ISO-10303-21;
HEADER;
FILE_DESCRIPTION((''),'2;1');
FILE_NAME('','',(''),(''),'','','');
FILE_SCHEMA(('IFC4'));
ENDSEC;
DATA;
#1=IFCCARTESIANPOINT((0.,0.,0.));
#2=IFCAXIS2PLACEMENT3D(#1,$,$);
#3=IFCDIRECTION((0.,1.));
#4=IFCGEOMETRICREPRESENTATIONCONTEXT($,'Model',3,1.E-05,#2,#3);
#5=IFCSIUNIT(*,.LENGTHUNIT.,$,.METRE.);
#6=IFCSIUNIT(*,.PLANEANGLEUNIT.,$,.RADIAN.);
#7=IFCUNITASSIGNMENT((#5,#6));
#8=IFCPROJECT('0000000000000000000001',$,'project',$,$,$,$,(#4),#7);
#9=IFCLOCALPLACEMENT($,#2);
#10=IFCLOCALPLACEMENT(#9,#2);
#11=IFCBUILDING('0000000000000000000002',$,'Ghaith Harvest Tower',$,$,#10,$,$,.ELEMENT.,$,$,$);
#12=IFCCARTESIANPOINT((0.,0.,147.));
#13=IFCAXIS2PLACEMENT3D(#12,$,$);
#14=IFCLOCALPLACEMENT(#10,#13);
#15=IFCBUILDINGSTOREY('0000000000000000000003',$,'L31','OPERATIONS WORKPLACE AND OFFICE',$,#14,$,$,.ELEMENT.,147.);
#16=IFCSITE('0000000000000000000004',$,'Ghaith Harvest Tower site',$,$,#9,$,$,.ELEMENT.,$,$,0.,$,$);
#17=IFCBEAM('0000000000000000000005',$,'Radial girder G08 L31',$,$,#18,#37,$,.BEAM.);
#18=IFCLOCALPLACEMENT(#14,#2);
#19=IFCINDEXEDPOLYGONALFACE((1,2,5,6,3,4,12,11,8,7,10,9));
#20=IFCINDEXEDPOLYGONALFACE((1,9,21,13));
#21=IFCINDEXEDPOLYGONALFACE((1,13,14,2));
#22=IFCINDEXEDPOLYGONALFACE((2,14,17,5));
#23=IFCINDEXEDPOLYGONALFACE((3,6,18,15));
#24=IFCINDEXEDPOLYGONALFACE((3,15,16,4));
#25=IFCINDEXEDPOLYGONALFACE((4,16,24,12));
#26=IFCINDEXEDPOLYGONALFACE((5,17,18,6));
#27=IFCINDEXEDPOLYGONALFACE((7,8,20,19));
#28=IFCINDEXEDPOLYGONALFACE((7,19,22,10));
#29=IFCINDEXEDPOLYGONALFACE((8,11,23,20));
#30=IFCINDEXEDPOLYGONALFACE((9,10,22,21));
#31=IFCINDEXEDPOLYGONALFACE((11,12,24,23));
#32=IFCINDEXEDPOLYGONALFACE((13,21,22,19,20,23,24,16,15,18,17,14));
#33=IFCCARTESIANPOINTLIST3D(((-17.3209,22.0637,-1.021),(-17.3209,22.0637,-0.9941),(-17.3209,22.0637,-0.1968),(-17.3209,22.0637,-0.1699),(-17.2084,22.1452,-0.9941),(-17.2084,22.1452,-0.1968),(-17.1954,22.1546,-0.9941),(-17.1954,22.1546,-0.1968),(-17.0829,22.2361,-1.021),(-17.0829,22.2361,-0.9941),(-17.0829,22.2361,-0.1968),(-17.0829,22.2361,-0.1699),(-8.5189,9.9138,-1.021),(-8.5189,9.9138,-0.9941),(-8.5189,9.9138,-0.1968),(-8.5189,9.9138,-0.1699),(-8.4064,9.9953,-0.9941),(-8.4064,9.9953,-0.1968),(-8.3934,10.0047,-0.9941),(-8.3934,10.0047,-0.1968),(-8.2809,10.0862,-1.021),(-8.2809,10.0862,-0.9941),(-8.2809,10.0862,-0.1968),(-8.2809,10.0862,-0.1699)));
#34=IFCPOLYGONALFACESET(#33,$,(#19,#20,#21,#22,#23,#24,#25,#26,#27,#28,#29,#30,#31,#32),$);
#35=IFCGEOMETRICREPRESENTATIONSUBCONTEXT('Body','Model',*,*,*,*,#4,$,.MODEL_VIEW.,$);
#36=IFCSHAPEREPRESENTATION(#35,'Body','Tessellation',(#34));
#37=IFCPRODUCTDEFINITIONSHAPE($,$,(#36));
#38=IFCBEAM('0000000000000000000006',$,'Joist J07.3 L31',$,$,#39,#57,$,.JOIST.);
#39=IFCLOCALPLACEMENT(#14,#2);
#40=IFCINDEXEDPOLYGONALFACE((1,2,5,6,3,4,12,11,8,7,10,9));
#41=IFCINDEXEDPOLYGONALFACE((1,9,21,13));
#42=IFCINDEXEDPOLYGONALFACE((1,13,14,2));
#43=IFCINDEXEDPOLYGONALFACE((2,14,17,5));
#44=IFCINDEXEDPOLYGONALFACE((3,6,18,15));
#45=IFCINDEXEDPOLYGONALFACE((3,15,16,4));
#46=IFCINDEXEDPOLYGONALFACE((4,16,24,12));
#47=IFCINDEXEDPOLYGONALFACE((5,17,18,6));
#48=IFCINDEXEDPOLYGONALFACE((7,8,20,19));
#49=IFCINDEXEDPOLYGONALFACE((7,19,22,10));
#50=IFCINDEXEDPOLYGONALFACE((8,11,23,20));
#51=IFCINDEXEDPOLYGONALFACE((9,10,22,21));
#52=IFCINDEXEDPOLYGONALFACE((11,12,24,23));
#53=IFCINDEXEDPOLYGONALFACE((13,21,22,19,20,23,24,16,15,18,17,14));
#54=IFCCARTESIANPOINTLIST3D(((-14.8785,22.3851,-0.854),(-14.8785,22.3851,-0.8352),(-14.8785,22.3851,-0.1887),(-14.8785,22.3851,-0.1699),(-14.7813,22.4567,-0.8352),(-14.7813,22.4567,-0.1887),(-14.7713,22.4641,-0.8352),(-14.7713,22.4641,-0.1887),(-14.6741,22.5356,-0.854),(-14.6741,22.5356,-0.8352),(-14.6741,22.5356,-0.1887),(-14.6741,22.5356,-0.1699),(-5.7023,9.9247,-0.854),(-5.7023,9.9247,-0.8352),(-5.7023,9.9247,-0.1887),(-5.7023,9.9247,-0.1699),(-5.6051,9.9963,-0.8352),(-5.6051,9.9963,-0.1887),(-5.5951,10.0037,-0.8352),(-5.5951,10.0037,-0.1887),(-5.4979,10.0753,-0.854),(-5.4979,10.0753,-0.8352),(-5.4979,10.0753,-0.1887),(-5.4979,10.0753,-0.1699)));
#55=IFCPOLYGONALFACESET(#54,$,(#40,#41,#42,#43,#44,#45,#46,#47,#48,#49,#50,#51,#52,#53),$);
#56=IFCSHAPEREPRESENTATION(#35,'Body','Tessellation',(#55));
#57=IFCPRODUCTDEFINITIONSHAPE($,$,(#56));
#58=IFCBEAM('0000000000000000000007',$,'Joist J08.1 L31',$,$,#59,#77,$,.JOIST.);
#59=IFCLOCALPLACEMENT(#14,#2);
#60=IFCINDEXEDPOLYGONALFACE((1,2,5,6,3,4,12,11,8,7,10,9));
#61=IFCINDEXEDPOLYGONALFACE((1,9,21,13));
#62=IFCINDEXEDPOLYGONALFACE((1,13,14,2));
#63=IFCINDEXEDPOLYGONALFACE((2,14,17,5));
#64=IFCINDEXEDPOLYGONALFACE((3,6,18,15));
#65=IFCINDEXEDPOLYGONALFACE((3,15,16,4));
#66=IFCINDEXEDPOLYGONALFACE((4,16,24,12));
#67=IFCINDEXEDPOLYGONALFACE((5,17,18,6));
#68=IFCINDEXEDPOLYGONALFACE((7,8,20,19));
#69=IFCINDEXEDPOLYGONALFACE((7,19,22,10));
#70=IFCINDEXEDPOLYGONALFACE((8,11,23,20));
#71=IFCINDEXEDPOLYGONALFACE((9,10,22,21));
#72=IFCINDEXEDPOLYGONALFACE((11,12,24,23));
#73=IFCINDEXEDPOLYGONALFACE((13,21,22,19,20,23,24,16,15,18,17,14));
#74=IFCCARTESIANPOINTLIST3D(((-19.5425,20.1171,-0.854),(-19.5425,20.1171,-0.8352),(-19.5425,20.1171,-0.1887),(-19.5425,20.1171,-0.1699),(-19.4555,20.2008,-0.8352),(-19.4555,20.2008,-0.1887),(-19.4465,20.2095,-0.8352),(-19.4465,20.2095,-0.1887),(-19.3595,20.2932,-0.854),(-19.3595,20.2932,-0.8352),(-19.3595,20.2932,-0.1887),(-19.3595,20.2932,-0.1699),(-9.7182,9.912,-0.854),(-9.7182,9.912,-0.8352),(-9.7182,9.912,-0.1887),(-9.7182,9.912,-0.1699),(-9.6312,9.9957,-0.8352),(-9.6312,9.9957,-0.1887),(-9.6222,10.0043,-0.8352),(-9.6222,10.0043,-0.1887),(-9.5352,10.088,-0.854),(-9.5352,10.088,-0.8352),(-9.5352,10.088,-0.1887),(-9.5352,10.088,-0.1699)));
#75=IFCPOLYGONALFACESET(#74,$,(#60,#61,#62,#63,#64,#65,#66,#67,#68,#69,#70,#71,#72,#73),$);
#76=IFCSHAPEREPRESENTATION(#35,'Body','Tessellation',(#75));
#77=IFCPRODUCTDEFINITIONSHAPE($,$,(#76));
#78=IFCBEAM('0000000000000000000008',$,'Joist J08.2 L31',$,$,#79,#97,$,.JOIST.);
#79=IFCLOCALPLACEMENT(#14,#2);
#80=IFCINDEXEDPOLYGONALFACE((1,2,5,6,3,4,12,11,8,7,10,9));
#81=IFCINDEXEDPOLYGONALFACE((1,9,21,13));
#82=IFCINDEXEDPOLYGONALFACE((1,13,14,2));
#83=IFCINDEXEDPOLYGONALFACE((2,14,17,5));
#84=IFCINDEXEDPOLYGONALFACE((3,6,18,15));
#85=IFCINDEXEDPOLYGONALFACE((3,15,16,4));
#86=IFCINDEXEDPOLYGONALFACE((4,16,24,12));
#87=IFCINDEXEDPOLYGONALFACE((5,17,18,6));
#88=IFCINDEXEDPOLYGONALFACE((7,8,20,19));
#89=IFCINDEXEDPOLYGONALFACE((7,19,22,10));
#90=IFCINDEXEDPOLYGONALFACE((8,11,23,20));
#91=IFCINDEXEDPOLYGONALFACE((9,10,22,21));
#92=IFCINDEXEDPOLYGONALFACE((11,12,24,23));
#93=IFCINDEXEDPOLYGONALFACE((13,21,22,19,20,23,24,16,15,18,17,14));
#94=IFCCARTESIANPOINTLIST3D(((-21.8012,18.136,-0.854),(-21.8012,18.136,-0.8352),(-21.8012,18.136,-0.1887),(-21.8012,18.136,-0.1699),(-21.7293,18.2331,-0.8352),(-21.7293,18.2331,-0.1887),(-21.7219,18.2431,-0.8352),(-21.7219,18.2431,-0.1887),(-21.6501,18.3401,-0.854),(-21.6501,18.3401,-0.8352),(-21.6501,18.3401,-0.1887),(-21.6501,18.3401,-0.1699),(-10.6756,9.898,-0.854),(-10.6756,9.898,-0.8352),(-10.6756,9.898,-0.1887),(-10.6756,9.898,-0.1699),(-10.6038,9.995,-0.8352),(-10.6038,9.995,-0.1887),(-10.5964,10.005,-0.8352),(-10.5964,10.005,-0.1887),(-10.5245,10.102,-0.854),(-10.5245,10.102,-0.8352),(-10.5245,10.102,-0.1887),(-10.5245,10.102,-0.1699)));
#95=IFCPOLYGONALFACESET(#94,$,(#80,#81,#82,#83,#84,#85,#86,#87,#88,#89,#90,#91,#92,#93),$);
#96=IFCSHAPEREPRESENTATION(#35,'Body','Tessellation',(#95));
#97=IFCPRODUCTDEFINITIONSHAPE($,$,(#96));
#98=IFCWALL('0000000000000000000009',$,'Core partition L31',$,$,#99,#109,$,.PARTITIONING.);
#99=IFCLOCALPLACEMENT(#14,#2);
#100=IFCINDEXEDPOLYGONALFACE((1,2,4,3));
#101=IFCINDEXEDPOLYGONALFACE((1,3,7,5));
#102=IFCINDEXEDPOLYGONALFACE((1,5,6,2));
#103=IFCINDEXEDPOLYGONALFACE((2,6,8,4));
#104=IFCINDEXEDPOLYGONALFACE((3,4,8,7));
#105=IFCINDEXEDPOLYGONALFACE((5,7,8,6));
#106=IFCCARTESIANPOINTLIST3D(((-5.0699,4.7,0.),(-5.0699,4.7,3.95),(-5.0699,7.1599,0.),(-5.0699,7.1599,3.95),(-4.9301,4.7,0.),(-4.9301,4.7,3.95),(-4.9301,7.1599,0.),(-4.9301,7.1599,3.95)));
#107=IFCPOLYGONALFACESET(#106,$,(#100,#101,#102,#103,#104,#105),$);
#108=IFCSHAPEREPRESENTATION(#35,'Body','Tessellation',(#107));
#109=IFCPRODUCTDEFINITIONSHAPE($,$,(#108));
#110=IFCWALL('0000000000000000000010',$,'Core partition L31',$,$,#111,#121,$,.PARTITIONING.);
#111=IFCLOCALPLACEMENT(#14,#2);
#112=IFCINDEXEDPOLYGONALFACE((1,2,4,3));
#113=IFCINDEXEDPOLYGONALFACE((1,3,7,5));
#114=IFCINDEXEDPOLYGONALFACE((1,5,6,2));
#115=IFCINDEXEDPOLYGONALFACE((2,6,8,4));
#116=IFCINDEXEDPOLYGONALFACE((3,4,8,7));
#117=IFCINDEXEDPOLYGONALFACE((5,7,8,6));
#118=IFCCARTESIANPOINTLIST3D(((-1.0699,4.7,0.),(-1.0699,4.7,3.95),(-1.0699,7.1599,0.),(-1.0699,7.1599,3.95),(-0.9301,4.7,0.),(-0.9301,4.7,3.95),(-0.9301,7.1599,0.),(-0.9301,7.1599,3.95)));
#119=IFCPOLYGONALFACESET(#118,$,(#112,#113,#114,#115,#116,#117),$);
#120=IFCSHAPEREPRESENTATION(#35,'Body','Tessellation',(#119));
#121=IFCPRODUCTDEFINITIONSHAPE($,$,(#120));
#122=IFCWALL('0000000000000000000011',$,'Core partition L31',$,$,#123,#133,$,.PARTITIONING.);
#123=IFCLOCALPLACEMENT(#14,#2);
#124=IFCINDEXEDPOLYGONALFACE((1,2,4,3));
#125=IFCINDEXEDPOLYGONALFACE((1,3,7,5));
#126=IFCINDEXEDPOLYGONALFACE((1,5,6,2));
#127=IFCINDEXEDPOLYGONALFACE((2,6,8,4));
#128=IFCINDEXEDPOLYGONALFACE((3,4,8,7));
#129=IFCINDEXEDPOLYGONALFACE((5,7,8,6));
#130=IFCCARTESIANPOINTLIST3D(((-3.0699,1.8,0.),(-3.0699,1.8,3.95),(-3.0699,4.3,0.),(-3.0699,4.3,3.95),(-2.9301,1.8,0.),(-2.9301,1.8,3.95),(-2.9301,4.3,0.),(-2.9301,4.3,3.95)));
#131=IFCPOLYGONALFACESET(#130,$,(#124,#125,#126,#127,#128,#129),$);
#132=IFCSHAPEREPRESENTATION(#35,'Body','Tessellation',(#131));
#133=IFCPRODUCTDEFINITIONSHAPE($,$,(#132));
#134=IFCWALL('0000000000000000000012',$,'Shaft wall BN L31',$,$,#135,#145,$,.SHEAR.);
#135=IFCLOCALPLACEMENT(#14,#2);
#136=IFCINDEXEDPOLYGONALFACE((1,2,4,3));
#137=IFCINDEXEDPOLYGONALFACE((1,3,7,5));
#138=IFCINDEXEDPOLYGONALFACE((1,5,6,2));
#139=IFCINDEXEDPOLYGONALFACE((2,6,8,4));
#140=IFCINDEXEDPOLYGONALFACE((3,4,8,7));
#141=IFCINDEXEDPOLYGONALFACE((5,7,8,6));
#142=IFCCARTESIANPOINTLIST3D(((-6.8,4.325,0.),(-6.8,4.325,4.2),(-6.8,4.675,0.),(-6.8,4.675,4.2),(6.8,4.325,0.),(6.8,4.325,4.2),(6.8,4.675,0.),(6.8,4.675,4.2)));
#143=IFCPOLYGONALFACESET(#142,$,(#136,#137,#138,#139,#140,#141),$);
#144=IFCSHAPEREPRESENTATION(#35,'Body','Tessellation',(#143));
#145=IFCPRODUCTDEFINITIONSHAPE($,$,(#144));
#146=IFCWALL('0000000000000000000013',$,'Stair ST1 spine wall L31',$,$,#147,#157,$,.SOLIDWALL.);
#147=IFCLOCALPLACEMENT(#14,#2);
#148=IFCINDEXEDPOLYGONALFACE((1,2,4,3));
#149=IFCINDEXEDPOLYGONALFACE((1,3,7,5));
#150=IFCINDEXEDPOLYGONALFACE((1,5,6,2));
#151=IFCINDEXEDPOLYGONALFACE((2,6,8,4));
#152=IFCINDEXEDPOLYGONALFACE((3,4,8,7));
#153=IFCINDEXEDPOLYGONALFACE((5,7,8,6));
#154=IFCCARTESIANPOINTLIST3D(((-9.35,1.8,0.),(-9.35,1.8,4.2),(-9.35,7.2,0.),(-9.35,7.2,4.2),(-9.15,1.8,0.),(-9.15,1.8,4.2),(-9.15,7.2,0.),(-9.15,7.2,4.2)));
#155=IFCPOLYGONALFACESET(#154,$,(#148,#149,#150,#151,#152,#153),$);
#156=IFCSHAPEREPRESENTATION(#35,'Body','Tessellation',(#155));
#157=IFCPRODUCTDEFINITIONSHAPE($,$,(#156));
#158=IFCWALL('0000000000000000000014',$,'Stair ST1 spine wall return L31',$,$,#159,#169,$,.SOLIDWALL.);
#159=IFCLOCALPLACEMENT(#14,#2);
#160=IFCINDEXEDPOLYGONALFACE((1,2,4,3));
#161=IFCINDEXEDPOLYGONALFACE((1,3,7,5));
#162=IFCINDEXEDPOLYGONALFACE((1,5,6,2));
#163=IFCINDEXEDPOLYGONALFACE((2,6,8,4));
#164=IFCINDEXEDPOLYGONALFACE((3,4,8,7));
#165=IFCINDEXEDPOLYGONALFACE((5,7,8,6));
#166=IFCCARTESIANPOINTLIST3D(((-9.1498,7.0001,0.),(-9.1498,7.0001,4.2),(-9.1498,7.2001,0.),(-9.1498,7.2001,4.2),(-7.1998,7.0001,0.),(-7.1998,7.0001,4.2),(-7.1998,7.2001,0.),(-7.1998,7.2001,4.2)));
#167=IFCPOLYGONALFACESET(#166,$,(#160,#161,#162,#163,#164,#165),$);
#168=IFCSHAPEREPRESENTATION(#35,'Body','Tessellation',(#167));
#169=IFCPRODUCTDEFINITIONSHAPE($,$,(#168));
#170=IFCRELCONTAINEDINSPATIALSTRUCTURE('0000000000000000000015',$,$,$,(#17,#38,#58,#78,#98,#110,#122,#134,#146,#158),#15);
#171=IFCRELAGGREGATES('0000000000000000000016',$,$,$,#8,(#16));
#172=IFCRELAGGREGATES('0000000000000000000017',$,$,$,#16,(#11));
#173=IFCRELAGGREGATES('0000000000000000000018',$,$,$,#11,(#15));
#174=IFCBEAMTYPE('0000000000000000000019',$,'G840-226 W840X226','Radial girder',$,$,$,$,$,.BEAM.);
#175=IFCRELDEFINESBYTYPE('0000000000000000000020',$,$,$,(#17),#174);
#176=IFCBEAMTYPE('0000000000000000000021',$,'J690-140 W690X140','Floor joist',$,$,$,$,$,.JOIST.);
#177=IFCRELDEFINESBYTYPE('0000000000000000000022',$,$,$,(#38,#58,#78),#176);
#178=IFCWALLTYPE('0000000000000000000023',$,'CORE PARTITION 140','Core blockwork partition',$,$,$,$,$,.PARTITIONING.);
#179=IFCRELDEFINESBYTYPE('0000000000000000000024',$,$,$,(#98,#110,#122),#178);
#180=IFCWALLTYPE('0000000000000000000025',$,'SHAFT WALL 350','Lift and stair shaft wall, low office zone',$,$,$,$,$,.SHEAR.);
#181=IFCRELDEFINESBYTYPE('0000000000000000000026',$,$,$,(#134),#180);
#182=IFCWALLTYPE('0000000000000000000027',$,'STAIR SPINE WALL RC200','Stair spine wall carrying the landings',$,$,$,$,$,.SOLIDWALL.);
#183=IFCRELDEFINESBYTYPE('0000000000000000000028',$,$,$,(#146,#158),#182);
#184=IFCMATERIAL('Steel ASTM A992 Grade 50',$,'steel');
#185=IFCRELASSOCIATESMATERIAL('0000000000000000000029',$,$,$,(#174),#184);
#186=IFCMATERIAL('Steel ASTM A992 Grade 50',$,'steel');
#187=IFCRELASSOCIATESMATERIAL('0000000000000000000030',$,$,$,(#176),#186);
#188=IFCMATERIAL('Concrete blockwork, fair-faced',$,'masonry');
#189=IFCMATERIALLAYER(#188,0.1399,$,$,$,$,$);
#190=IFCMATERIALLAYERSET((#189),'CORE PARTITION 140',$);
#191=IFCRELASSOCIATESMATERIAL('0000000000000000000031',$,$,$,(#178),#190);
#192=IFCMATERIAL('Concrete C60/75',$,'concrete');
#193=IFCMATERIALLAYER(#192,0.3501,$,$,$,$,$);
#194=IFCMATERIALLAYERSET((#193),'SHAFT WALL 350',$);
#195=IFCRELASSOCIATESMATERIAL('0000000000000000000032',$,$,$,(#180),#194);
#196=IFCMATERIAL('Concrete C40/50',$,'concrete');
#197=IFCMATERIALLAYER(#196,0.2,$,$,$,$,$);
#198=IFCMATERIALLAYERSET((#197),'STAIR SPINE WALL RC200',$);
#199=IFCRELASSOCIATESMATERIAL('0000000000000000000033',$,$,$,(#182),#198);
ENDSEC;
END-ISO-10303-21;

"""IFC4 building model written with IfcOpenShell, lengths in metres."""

from ifc_helpers import new_model, si_unit, direction, frame, frame_2d, origin, origin_2d, place, context, subcontext, project, spatial, rectangle, i_section, extrude, material, layer, layer_set, material_profile, profile_set, type_object, element, save


model = new_model("IFC4")

# Units and contexts
model_context = context("Model", 3, precision=1e-05, world=origin(), true_north=direction((0.0, 1.0)))
body_context = subcontext(model_context, "Body", "Model", "MODEL_VIEW")
ifc_project = project(units=[si_unit("LENGTHUNIT", "METRE"), si_unit("PLANEANGLEUNIT", "RADIAN")], contexts=[model_context])

# Site, building, storey
site_placement = place(None, origin())
site = spatial("IfcSite", under=ifc_project, at=site_placement, Name="Ghaith Harvest Tower site", CompositionType="ELEMENT", RefElevation=0.0)
building_placement = place(site_placement, origin())
building = spatial("IfcBuilding", under=site, at=building_placement, Name="Ghaith Harvest Tower", CompositionType="ELEMENT")
storey_placement = place(building_placement, frame((0.0, 0.0, 147.0)))
storey = spatial("IfcBuildingStorey", under=building, at=storey_placement, Name="L31", Description="OPERATIONS WORKPLACE AND OFFICE", CompositionType="ELEMENT", Elevation=147.0)

# Beams
ifc_material_1 = material(Name="Steel ASTM A992 Grade 50", Category="steel")
ifc_material_profile_1 = material_profile(ifc_material_1, i_section(OverallWidth=0.2939, OverallDepth=0.8511, WebThickness=0.0161, FlangeThickness=0.0269, at=origin_2d()), Name="W840X226")
ifc_profile_set_1 = profile_set([ifc_material_profile_1], Name="Steel ASTM A992 Grade 50")
beam_type_1 = type_object("IfcBeamType", Name="G840-226 W840X226", Description="Radial girder", PredefinedType="BEAM", material=ifc_profile_set_1)
beam_1_placement = place(storey_placement, frame((-8.3999, 10.0, -0.5955), z_axis=(-0.586676, 0.809822, 0.0), x_axis=(-0.809822, -0.586676, 0.0)))
element("IfcBeam", 1, at=beam_1_placement, inside=storey, type_object=beam_type_1, Name="Radial girder G08 L31", PredefinedType="BEAM", context=body_context, shape_type="SweptSolid", body=[
    extrude(i_section(OverallWidth=0.2939, OverallDepth=0.8511, WebThickness=0.0161, FlangeThickness=0.0269, at=origin_2d()), origin(), (0.0, 0.0, 1.0), 15.0032),
])
ifc_material_2 = material(Name="Steel ASTM A992 Grade 50", Category="steel")
ifc_material_profile_2 = material_profile(ifc_material_2, i_section(OverallWidth=0.2539, OverallDepth=0.6841, WebThickness=0.0125, FlangeThickness=0.0188, at=origin_2d()), Name="W690X140")
ifc_profile_set_2 = profile_set([ifc_material_profile_2], Name="Steel ASTM A992 Grade 50")
beam_type_2 = type_object("IfcBeamType", Name="J690-140 W690X140", Description="Floor joist", PredefinedType="JOIST", material=ifc_profile_set_2)
beam_2_placement = place(storey_placement, frame((-5.6001, 10.0, -0.512), z_axis=(-0.592985, 0.805214, 0.0), x_axis=(-0.805214, -0.592985, 0.0)))
element("IfcBeam", 2, at=beam_2_placement, inside=storey, type_object=beam_type_2, Name="Joist J07.3 L31", PredefinedType="JOIST", context=body_context, shape_type="SweptSolid", body=[
    extrude(i_section(OverallWidth=0.2539, OverallDepth=0.6841, WebThickness=0.0125, FlangeThickness=0.0188, at=origin_2d()), origin(), (0.0, 0.0, 1.0), 15.4746),
])
beam_3_placement = place(storey_placement, frame((-9.6267, 10.0, -0.512), z_axis=(-0.693536, 0.720422, 0.0), x_axis=(-0.720422, -0.693536, 0.0)))
element("IfcBeam", 3, at=beam_3_placement, inside=storey, type_object=beam_type_2, Name="Joist J08.1 L31", PredefinedType="JOIST", context=body_context, shape_type="SweptSolid", body=[
    extrude(i_section(OverallWidth=0.2539, OverallDepth=0.6841, WebThickness=0.0125, FlangeThickness=0.0188, at=origin_2d()), origin(), (0.0, 0.0, 1.0), 14.1655),
])
beam_4_placement = place(storey_placement, frame((-10.6001, 10.0, -0.512), z_axis=(-0.803663, 0.595085, 0.0), x_axis=(-0.595085, -0.803663, 0.0)))
element("IfcBeam", 4, at=beam_4_placement, inside=storey, type_object=beam_type_2, Name="Joist J08.2 L31", PredefinedType="JOIST", context=body_context, shape_type="SweptSolid", body=[
    extrude(i_section(OverallWidth=0.2539, OverallDepth=0.6841, WebThickness=0.0125, FlangeThickness=0.0188, at=origin_2d()), origin(), (0.0, 0.0, 1.0), 13.8435),
])

# Shared definitions
ifc_material_3 = material(Name="Concrete blockwork, fair-faced", Category="masonry")
ifc_layer_1 = layer(ifc_material_3, 0.1399)
ifc_layer_set_1 = layer_set([ifc_layer_1], Name="CORE PARTITION 140")
wall_type_1 = type_object("IfcWallType", Name="CORE PARTITION 140", Description="Core blockwork partition", PredefinedType="PARTITIONING", material=ifc_layer_set_1)

# Walls
for number, where, z_axis, x_axis, name in (
    (5, (-5.0, 4.7, 0.0), (0.0, 0.0, 1.0), (0.0, 1.0, 0.0), "Core partition L31"),
    (6, (-1.0, 4.7, 0.0), (0.0, 0.0, 1.0), (0.0, 1.0, 0.0), "Core partition L31"),
):
    element("IfcWall", number, at=place(storey_placement, frame(where, z_axis=z_axis, x_axis=x_axis)), inside=storey, type_object=wall_type_1, Name=name, PredefinedType="PARTITIONING", context=body_context, shape_type="SweptSolid", body=[
        extrude(rectangle(XDim=2.46, YDim=0.1399, at=frame_2d((1.23, 0.0))), origin(), (0.0, 0.0, 1.0), 3.95),
    ])
wall_1_placement = place(storey_placement, frame((-3.0, 1.8, 0.0), z_axis=(0.0, 0.0, 1.0), x_axis=(0.0, 1.0, 0.0)))
element("IfcWall", 7, at=wall_1_placement, inside=storey, type_object=wall_type_1, Name="Core partition L31", PredefinedType="PARTITIONING", context=body_context, shape_type="SweptSolid", body=[
    extrude(rectangle(XDim=2.5, YDim=0.1399, at=frame_2d((1.25, 0.0))), origin(), (0.0, 0.0, 1.0), 3.95),
])

# Shared definitions
ifc_material_4 = material(Name="Concrete C60/75", Category="concrete")
ifc_layer_2 = layer(ifc_material_4, 0.3501)
ifc_layer_set_2 = layer_set([ifc_layer_2], Name="SHAFT WALL 350")
wall_type_2 = type_object("IfcWallType", Name="SHAFT WALL 350", Description="Lift and stair shaft wall, low office zone", PredefinedType="SHEAR", material=ifc_layer_set_2)

# Walls
wall_2_placement = place(storey_placement, frame((-6.8, 4.5, 0.0), z_axis=(0.0, 0.0, 1.0), x_axis=(1.0, 0.0, 0.0)))
element("IfcWall", 8, at=wall_2_placement, inside=storey, type_object=wall_type_2, Name="Shaft wall BN L31", PredefinedType="SHEAR", context=body_context, shape_type="SweptSolid", body=[
    extrude(rectangle(XDim=13.6001, YDim=0.3501, at=frame_2d((6.8, 0.0))), origin(), (0.0, 0.0, 1.0), 4.2),
])
ifc_material_5 = material(Name="Concrete C40/50", Category="concrete")
ifc_layer_3 = layer(ifc_material_5, 0.2)
ifc_layer_set_3 = layer_set([ifc_layer_3], Name="STAIR SPINE WALL RC200")
wall_type_3 = type_object("IfcWallType", Name="STAIR SPINE WALL RC200", Description="Stair spine wall carrying the landings", PredefinedType="SOLIDWALL", material=ifc_layer_set_3)
wall_3_placement = place(storey_placement, frame((-9.25, 7.2, 0.0), z_axis=(0.0, 0.0, 1.0), x_axis=(0.0, -1.0, 0.0)))
element("IfcWall", 9, at=wall_3_placement, inside=storey, type_object=wall_type_3, Name="Stair ST1 spine wall L31", PredefinedType="SOLIDWALL", context=body_context, shape_type="SweptSolid", body=[
    extrude(rectangle(XDim=5.3999, YDim=0.2, at=frame_2d((2.7, 0.0))), origin(), (0.0, 0.0, 1.0), 4.2),
])
wall_4_placement = place(storey_placement, frame((-9.1499, 7.1001, 0.0), z_axis=(0.0, 0.0, 1.0), x_axis=(1.0, 0.0, 0.0)))
element("IfcWall", 10, at=wall_4_placement, inside=storey, type_object=wall_type_3, Name="Stair ST1 spine wall return L31", PredefinedType="SOLIDWALL", context=body_context, shape_type="SweptSolid", body=[
    extrude(rectangle(XDim=1.95, YDim=0.2, at=frame_2d((0.9751, 0.0))), origin(), (0.0, 0.0, 1.0), 4.2),
])

save(model, "model.ifc")
